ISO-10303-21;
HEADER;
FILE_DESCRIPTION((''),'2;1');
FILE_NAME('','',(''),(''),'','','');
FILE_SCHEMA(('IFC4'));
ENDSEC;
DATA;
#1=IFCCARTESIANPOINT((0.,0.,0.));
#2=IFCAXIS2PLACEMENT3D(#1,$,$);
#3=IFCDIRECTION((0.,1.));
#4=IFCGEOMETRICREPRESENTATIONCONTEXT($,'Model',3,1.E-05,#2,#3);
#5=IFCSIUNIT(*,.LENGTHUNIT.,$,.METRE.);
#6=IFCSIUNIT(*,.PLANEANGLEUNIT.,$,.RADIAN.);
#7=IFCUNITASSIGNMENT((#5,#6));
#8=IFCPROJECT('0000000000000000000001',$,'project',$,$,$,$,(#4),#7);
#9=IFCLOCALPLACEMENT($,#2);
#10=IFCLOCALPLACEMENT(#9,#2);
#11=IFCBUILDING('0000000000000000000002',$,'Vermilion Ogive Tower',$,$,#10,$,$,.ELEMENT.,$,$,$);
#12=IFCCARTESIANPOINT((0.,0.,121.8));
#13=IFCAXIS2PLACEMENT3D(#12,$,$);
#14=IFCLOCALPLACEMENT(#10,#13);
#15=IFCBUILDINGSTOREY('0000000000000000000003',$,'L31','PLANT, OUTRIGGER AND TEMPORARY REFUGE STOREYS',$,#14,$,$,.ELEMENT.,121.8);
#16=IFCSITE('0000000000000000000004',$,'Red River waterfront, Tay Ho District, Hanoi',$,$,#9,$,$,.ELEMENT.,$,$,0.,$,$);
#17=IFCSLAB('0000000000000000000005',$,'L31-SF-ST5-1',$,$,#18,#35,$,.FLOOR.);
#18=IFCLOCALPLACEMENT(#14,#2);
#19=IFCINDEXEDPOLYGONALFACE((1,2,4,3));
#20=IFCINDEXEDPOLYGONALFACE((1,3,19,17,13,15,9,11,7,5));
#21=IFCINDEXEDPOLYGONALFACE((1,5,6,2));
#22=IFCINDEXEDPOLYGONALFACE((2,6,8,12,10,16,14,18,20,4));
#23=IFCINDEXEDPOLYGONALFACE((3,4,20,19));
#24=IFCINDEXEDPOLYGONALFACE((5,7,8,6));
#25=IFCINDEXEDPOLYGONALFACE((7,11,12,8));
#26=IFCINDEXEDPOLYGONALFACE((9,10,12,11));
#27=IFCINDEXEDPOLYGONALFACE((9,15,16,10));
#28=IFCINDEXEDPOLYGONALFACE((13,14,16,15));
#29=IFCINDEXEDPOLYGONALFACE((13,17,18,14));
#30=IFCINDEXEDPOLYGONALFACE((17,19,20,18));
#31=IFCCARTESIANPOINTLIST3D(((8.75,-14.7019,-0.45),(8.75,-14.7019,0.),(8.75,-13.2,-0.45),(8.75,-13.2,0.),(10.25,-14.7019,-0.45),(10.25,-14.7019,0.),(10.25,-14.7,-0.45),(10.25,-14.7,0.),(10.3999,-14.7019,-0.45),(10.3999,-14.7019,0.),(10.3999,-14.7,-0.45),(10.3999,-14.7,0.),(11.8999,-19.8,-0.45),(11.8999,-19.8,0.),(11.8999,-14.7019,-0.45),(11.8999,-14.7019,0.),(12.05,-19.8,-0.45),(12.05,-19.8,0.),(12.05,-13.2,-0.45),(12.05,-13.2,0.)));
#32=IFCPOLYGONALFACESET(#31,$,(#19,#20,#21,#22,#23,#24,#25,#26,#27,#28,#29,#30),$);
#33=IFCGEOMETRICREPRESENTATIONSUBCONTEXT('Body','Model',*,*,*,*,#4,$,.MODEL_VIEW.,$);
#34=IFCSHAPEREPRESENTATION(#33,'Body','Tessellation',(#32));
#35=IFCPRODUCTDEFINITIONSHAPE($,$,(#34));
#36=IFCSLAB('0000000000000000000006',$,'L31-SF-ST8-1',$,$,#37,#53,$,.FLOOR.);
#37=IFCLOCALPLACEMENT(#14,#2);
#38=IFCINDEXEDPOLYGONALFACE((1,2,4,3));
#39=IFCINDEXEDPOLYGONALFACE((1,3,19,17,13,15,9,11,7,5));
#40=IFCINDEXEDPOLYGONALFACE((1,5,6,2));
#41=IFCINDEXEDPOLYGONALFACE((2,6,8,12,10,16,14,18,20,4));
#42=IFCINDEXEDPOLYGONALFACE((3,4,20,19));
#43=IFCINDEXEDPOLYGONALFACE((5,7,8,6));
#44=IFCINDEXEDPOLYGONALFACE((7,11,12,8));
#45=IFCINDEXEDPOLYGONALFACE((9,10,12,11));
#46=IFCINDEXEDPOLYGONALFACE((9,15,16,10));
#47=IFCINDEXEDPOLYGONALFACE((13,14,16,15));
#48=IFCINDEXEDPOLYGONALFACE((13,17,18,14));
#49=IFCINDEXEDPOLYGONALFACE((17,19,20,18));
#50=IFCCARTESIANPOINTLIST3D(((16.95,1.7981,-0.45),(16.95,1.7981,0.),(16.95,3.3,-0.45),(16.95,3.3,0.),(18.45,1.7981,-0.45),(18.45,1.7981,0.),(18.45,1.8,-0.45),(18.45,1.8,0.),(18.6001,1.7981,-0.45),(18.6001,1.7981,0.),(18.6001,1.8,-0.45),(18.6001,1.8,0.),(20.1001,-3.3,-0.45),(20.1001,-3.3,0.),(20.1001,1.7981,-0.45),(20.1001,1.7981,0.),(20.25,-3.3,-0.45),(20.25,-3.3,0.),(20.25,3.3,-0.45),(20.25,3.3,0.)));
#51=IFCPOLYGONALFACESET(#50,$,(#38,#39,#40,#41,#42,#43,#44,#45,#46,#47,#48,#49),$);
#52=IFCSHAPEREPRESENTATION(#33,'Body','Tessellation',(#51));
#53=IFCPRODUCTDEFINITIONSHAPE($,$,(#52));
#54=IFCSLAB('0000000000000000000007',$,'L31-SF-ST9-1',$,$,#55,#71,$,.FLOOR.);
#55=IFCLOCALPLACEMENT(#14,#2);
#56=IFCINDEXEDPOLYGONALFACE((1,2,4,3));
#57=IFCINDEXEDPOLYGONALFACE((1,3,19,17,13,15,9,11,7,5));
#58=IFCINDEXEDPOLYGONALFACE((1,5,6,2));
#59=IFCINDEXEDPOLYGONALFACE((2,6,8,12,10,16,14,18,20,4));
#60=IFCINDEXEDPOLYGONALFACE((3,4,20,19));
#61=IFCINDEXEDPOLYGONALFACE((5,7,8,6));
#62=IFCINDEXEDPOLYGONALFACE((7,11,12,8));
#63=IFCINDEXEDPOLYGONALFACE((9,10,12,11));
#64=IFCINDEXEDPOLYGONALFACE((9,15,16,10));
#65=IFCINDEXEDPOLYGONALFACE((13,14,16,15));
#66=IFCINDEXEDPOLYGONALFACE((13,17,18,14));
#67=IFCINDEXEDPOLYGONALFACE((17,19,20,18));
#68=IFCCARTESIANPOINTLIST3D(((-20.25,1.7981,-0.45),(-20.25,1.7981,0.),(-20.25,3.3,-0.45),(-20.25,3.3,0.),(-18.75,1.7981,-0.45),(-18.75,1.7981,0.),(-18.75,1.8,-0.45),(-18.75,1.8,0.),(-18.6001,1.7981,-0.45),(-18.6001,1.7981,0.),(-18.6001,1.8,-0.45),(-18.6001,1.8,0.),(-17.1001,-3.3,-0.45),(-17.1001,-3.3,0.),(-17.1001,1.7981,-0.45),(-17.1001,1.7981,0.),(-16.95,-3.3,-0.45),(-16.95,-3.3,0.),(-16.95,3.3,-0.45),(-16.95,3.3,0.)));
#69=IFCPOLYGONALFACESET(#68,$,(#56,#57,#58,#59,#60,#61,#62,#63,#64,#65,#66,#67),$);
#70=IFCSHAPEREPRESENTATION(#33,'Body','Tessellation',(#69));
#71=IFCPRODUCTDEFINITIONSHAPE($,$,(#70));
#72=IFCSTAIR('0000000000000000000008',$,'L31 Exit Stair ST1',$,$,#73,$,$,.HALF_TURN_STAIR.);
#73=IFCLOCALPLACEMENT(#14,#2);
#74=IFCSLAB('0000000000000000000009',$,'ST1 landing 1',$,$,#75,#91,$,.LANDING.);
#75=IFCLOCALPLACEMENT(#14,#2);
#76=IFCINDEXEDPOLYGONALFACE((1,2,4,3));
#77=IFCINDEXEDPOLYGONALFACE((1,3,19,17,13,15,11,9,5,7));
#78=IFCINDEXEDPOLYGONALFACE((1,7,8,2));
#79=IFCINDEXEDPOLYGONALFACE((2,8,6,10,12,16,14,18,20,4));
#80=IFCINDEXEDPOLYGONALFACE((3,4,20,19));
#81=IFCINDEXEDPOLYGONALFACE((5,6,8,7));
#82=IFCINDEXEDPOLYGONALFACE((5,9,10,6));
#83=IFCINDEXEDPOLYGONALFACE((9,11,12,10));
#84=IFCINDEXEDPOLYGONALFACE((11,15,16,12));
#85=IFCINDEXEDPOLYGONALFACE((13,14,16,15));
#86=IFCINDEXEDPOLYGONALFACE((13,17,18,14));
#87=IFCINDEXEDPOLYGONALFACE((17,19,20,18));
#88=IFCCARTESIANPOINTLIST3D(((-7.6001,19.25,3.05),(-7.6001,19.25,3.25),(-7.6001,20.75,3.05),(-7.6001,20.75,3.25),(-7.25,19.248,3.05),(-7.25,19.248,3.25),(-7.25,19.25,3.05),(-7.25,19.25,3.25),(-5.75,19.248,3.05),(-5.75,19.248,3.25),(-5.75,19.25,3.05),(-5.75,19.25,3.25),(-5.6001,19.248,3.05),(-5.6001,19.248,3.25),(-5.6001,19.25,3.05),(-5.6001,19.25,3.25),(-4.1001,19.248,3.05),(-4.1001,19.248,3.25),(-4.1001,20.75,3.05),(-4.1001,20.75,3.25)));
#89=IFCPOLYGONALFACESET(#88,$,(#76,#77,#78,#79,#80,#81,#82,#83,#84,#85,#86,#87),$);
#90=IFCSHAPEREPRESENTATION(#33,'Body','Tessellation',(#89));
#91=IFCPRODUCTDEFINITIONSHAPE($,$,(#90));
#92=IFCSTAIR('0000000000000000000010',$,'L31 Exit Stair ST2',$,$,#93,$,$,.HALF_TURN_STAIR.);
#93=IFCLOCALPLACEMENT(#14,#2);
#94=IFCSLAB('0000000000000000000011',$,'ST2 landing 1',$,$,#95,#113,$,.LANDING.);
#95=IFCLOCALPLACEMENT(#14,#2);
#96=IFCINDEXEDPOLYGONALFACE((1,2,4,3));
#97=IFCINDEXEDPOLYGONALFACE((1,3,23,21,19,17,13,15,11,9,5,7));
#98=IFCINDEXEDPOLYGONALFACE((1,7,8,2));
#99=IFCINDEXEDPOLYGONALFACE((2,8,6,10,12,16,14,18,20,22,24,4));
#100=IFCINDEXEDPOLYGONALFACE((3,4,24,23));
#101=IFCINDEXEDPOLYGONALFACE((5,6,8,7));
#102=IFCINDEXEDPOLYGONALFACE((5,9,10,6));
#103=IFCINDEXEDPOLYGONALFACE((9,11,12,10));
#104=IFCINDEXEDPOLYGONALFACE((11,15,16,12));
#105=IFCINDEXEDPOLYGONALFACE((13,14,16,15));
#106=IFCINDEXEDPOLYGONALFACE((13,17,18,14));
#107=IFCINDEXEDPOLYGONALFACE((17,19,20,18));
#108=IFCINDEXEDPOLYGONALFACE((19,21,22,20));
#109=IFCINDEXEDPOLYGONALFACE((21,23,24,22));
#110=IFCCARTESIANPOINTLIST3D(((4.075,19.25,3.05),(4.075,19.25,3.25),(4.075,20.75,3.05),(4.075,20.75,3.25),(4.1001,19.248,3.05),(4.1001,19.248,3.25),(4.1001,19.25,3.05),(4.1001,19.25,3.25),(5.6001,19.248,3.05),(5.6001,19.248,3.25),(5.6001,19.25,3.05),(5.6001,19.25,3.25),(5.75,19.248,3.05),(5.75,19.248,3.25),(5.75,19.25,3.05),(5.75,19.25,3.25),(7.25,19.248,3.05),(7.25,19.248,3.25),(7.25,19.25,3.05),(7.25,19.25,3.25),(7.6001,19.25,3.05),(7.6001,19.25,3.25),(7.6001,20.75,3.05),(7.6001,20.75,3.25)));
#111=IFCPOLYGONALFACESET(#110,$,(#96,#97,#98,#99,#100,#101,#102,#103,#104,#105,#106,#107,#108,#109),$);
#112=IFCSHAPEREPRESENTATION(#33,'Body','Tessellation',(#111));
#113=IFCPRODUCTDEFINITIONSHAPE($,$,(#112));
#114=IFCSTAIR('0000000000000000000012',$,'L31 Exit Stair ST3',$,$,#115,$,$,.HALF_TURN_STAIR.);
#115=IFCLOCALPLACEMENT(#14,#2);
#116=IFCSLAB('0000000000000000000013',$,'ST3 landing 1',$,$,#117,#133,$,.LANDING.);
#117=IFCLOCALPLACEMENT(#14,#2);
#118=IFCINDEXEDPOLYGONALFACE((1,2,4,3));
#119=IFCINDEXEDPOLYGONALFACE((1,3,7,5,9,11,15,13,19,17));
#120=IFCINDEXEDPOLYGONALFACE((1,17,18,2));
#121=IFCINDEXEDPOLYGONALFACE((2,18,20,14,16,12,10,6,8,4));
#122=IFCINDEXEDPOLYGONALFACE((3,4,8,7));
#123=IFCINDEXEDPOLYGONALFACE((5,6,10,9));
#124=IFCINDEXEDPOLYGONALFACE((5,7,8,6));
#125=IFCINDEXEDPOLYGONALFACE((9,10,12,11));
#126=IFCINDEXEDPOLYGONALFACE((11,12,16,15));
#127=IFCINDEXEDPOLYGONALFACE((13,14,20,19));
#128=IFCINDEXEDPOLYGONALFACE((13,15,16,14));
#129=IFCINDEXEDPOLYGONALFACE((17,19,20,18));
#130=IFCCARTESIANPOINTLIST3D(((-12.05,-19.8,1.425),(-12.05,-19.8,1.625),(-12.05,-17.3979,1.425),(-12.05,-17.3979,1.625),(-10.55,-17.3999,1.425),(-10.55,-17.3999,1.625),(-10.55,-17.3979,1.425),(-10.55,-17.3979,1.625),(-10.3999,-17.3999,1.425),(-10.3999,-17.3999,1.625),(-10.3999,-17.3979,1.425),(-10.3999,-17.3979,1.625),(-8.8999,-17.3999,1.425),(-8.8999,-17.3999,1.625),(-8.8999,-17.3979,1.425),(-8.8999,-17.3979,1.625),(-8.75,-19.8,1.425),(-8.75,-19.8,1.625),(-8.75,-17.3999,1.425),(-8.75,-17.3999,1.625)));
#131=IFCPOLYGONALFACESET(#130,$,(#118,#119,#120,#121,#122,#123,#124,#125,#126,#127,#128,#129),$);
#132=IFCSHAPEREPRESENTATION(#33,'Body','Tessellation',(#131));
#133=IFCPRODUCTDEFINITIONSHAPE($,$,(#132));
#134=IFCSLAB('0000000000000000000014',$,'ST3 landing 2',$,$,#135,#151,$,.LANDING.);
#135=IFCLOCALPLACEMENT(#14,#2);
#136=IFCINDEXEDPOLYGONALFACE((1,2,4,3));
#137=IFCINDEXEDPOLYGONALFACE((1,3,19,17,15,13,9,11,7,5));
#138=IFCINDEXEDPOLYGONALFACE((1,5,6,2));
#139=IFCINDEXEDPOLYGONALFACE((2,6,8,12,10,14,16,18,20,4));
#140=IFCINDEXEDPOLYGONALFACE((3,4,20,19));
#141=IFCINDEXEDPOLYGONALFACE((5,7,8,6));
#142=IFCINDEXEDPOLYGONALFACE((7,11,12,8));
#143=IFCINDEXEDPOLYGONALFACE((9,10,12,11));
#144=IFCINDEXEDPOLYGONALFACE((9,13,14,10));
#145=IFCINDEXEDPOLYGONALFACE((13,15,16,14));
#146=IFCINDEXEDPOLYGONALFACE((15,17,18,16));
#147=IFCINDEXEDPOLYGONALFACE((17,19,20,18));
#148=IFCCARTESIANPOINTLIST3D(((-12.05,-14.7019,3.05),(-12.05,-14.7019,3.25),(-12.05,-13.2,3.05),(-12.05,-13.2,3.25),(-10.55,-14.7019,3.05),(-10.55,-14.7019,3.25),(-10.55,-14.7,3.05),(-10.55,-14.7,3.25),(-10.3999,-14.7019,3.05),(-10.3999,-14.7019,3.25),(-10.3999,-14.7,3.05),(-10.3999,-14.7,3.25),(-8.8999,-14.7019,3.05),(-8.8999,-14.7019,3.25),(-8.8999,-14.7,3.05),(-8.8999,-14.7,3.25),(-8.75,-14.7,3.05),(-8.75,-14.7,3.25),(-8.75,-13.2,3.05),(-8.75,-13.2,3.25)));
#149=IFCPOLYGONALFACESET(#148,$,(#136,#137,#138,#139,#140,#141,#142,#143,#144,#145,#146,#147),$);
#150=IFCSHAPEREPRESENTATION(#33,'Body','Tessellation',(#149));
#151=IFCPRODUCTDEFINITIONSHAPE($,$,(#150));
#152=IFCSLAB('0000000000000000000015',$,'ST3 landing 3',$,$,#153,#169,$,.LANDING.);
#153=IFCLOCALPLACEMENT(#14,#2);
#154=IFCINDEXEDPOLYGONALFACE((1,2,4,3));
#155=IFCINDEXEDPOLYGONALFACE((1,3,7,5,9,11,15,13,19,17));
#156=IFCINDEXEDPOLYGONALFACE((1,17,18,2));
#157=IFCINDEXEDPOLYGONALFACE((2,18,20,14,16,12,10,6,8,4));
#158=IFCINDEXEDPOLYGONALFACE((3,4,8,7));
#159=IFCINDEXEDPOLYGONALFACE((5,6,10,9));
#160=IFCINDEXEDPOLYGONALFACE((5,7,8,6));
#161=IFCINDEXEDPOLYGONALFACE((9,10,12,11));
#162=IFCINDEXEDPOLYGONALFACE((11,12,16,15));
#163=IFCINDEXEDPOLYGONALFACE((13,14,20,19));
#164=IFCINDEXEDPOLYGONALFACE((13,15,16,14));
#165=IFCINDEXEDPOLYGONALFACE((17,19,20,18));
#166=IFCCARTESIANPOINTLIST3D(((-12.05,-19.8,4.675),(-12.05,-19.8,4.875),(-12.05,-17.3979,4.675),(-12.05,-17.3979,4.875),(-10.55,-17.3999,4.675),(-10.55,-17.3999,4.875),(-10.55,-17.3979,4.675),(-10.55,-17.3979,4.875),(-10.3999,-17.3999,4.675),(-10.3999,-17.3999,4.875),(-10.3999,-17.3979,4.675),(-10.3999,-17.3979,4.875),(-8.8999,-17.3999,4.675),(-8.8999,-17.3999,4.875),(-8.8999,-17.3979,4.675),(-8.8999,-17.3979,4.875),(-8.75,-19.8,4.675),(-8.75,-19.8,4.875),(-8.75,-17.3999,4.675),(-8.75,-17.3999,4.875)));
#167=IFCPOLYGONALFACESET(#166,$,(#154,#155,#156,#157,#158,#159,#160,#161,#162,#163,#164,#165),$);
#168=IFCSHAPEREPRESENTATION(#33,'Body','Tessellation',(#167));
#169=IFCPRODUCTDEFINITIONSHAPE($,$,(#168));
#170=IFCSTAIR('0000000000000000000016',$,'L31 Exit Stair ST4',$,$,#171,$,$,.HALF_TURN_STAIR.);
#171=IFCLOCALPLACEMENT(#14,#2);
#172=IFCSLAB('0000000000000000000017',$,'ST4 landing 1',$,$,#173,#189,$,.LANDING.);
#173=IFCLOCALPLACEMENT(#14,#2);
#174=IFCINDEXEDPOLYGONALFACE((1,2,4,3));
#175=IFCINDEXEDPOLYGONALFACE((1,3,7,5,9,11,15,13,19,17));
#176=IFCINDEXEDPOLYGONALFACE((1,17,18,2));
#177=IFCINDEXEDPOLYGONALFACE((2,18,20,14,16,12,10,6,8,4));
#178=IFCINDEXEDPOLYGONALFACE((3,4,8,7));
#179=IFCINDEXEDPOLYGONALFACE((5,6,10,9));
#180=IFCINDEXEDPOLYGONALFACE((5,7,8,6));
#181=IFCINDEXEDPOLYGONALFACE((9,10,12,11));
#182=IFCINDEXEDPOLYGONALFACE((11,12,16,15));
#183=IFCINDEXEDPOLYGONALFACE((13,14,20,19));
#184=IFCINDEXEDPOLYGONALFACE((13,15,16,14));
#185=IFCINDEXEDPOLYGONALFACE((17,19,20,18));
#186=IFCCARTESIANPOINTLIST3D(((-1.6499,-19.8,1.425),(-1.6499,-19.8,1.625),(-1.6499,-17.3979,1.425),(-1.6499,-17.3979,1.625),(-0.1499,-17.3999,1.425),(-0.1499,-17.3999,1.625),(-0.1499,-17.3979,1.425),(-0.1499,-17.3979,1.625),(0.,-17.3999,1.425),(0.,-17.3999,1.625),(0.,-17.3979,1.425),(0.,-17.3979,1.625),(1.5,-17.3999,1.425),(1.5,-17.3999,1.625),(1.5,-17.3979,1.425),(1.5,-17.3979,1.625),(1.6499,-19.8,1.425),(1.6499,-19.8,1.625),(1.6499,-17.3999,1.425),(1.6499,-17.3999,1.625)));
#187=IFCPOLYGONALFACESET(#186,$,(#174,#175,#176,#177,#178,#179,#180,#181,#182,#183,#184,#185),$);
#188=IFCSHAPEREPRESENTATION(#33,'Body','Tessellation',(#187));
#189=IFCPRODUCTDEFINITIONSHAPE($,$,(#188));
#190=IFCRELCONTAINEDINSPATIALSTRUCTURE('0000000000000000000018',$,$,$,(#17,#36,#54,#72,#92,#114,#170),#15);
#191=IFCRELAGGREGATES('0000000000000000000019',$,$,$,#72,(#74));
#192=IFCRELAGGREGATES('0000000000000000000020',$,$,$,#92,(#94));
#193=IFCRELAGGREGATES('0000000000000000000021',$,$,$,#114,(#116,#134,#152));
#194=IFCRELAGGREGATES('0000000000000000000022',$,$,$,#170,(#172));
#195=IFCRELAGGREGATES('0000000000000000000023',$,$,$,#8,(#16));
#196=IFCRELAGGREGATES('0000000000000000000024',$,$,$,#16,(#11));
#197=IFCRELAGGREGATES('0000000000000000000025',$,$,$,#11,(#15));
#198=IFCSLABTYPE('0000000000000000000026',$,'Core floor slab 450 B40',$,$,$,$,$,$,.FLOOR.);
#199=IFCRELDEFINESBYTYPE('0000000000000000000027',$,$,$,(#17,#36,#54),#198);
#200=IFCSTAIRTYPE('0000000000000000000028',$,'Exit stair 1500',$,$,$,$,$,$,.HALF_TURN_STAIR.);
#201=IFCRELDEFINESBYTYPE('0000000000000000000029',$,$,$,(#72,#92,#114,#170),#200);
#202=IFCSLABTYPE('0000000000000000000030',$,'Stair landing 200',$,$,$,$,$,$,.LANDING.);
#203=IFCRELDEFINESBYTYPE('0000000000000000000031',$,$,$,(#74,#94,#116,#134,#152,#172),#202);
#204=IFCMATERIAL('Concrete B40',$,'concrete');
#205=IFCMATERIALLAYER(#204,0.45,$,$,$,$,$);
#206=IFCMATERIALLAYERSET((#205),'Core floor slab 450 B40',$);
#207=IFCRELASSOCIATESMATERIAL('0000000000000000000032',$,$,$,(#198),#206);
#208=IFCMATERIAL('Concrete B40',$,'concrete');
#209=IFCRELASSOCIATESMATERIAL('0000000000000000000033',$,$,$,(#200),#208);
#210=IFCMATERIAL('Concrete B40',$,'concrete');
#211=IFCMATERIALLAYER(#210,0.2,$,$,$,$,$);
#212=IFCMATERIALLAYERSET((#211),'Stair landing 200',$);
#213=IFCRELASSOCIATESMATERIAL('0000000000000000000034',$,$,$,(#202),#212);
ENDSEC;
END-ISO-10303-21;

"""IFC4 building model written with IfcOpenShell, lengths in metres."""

from ifc_helpers import new_model, si_unit, direction, frame, origin, place, context, subcontext, project, spatial, polyline, outline, extrude, material, layer, layer_set, type_object, element, aggregate, save


model = new_model("IFC4")

# Units and contexts
model_context = context("Model", 3, precision=1e-05, world=origin(), true_north=direction((0.0, 1.0)))
body_context = subcontext(model_context, "Body", "Model", "MODEL_VIEW")
ifc_project = project(units=[si_unit("LENGTHUNIT", "METRE"), si_unit("PLANEANGLEUNIT", "RADIAN")], contexts=[model_context])

# Site, building, storey
site_placement = place(None, origin())
site = spatial("IfcSite", under=ifc_project, at=site_placement, Name="Red River waterfront, Tay Ho District, Hanoi", CompositionType="ELEMENT", RefElevation=0.0)
building_placement = place(site_placement, origin())
building = spatial("IfcBuilding", under=site, at=building_placement, Name="Vermilion Ogive Tower", CompositionType="ELEMENT")
storey_placement = place(building_placement, frame((0.0, 0.0, 121.8)))
storey = spatial("IfcBuildingStorey", under=building, at=storey_placement, Name="L31", Description="PLANT, OUTRIGGER AND TEMPORARY REFUGE STOREYS", CompositionType="ELEMENT", Elevation=121.8)

# Slabs
ifc_material_1 = material(Name="Concrete B40", Category="concrete")
ifc_layer_1 = layer(ifc_material_1, 0.45)
ifc_layer_set_1 = layer_set([ifc_layer_1], Name="Core floor slab 450 B40")
slab_type_1 = type_object("IfcSlabType", Name="Core floor slab 450 B40", PredefinedType="FLOOR", material=ifc_layer_set_1)
slab_1_placement = place(storey_placement, frame((0.0, 0.0, -0.45)))
element("IfcSlab", 1, at=slab_1_placement, inside=storey, type_object=slab_type_1, Name="L31-SF-ST5-1", PredefinedType="FLOOR", context=body_context, shape_type="SweptSolid", body=[
    extrude(outline(polyline([(8.75, -13.2), (8.75, -14.7019), (10.25, -14.7019), (10.25, -14.7), (10.3999, -14.7), (10.3999, -14.7019), (11.8999, -14.7019), (11.8999, -19.8), (12.05, -19.8), (12.05, -13.2), (8.75, -13.2)])), origin(), (0.0, 0.0, 1.0), 0.45),
])
slab_2_placement = place(storey_placement, frame((0.0, 0.0, -0.45)))
element("IfcSlab", 2, at=slab_2_placement, inside=storey, type_object=slab_type_1, Name="L31-SF-ST8-1", PredefinedType="FLOOR", context=body_context, shape_type="SweptSolid", body=[
    extrude(outline(polyline([(16.95, 3.3), (16.95, 1.7981), (18.45, 1.7981), (18.45, 1.8), (18.6001, 1.8), (18.6001, 1.7981), (20.1001, 1.7981), (20.1001, -3.3), (20.25, -3.3), (20.25, 3.3), (16.95, 3.3)])), origin(), (0.0, 0.0, 1.0), 0.45),
])
slab_3_placement = place(storey_placement, frame((0.0, 0.0, -0.45)))
element("IfcSlab", 3, at=slab_3_placement, inside=storey, type_object=slab_type_1, Name="L31-SF-ST9-1", PredefinedType="FLOOR", context=body_context, shape_type="SweptSolid", body=[
    extrude(outline(polyline([(-20.25, 3.3), (-20.25, 1.7981), (-18.75, 1.7981), (-18.75, 1.8), (-18.6001, 1.8), (-18.6001, 1.7981), (-17.1001, 1.7981), (-17.1001, -3.3), (-16.95, -3.3), (-16.95, 3.3), (-20.25, 3.3)])), origin(), (0.0, 0.0, 1.0), 0.45),
])

# Stairs, slabs
ifc_material_2 = material(Name="Concrete B40", Category="concrete")
stair_type = type_object("IfcStairType", Name="Exit stair 1500", PredefinedType="HALF_TURN_STAIR", material=ifc_material_2)
stair_1_placement = place(storey_placement, origin())
stair_1 = element("IfcStair", 4, at=stair_1_placement, inside=storey, type_object=stair_type, Name="L31 Exit Stair ST1", PredefinedType="HALF_TURN_STAIR")
ifc_material_3 = material(Name="Concrete B40", Category="concrete")
ifc_layer_2 = layer(ifc_material_3, 0.2)
ifc_layer_set_2 = layer_set([ifc_layer_2], Name="Stair landing 200")
slab_type_2 = type_object("IfcSlabType", Name="Stair landing 200", PredefinedType="LANDING", material=ifc_layer_set_2)
slab_4_placement = place(storey_placement, frame((0.0, 0.0, 3.05)))
slab_4 = element("IfcSlab", 5, at=slab_4_placement, type_object=slab_type_2, Name="ST1 landing 1", PredefinedType="LANDING", context=body_context, shape_type="SweptSolid", body=[
    extrude(outline(polyline([(-7.6001, 19.25), (-7.25, 19.25), (-7.25, 19.248), (-5.75, 19.248), (-5.75, 19.25), (-5.6001, 19.25), (-5.6001, 19.248), (-4.1001, 19.248), (-4.1001, 20.75), (-7.6001, 20.75), (-7.6001, 19.25)])), origin(), (0.0, 0.0, 1.0), 0.2),
])
aggregate(stair_1, [slab_4])
stair_2_placement = place(storey_placement, origin())
stair_2 = element("IfcStair", 6, at=stair_2_placement, inside=storey, type_object=stair_type, Name="L31 Exit Stair ST2", PredefinedType="HALF_TURN_STAIR")
slab_5_placement = place(storey_placement, frame((0.0, 0.0, 3.05)))
slab_5 = element("IfcSlab", 7, at=slab_5_placement, type_object=slab_type_2, Name="ST2 landing 1", PredefinedType="LANDING", context=body_context, shape_type="SweptSolid", body=[
    extrude(outline(polyline([(5.6001, 19.25), (5.75, 19.25), (5.75, 19.248), (7.25, 19.248), (7.25, 19.25), (7.6001, 19.25), (7.6001, 20.75), (4.075, 20.75), (4.075, 19.25), (4.1001, 19.25), (4.1001, 19.248), (5.6001, 19.248), (5.6001, 19.25)])), origin(), (0.0, 0.0, 1.0), 0.2),
])
aggregate(stair_2, [slab_5])

# Stairs, slabs
stair_3_placement = place(storey_placement, origin())
stair_3 = element("IfcStair", 8, at=stair_3_placement, inside=storey, type_object=stair_type, Name="L31 Exit Stair ST3", PredefinedType="HALF_TURN_STAIR")
slab_6_placement = place(storey_placement, frame((0.0, 0.0, 1.425)))
slab_6 = element("IfcSlab", 9, at=slab_6_placement, type_object=slab_type_2, Name="ST3 landing 1", PredefinedType="LANDING", context=body_context, shape_type="SweptSolid", body=[
    extrude(outline(polyline([(-8.75, -17.3999), (-8.8999, -17.3999), (-8.8999, -17.3979), (-10.3999, -17.3979), (-10.3999, -17.3999), (-10.55, -17.3999), (-10.55, -17.3979), (-12.05, -17.3979), (-12.05, -19.8), (-8.75, -19.8), (-8.75, -17.3999)])), origin(), (0.0, 0.0, 1.0), 0.2),
])
slab_7_placement = place(storey_placement, frame((0.0, 0.0, 3.05)))
slab_7 = element("IfcSlab", 10, at=slab_7_placement, type_object=slab_type_2, Name="ST3 landing 2", PredefinedType="LANDING", context=body_context, shape_type="SweptSolid", body=[
    extrude(outline(polyline([(-12.05, -13.2), (-12.05, -14.7019), (-10.55, -14.7019), (-10.55, -14.7), (-10.3999, -14.7), (-10.3999, -14.7019), (-8.8999, -14.7019), (-8.8999, -14.7), (-8.75, -14.7), (-8.75, -13.2), (-12.05, -13.2)])), origin(), (0.0, 0.0, 1.0), 0.2),
])
slab_8_placement = place(storey_placement, frame((0.0, 0.0, 4.675)))
slab_8 = element("IfcSlab", 11, at=slab_8_placement, type_object=slab_type_2, Name="ST3 landing 3", PredefinedType="LANDING", context=body_context, shape_type="SweptSolid", body=[
    extrude(outline(polyline([(-8.75, -17.3999), (-8.8999, -17.3999), (-8.8999, -17.3979), (-10.3999, -17.3979), (-10.3999, -17.3999), (-10.55, -17.3999), (-10.55, -17.3979), (-12.05, -17.3979), (-12.05, -19.8), (-8.75, -19.8), (-8.75, -17.3999)])), origin(), (0.0, 0.0, 1.0), 0.2),
])
aggregate(stair_3, [slab_6, slab_7, slab_8])
stair_4_placement = place(storey_placement, origin())
stair_4 = element("IfcStair", 12, at=stair_4_placement, inside=storey, type_object=stair_type, Name="L31 Exit Stair ST4", PredefinedType="HALF_TURN_STAIR")
slab_9_placement = place(storey_placement, frame((0.0, 0.0, 1.425)))
slab_9 = element("IfcSlab", 13, at=slab_9_placement, type_object=slab_type_2, Name="ST4 landing 1", PredefinedType="LANDING", context=body_context, shape_type="SweptSolid", body=[
    extrude(outline(polyline([(1.6499, -17.3999), (1.5, -17.3999), (1.5, -17.3979), (0.0, -17.3979), (0.0, -17.3999), (-0.1499, -17.3999), (-0.1499, -17.3979), (-1.6499, -17.3979), (-1.6499, -19.8), (1.6499, -19.8), (1.6499, -17.3999)])), origin(), (0.0, 0.0, 1.0), 0.2),
])
aggregate(stair_4, [slab_9])

save(model, "model.ifc")
